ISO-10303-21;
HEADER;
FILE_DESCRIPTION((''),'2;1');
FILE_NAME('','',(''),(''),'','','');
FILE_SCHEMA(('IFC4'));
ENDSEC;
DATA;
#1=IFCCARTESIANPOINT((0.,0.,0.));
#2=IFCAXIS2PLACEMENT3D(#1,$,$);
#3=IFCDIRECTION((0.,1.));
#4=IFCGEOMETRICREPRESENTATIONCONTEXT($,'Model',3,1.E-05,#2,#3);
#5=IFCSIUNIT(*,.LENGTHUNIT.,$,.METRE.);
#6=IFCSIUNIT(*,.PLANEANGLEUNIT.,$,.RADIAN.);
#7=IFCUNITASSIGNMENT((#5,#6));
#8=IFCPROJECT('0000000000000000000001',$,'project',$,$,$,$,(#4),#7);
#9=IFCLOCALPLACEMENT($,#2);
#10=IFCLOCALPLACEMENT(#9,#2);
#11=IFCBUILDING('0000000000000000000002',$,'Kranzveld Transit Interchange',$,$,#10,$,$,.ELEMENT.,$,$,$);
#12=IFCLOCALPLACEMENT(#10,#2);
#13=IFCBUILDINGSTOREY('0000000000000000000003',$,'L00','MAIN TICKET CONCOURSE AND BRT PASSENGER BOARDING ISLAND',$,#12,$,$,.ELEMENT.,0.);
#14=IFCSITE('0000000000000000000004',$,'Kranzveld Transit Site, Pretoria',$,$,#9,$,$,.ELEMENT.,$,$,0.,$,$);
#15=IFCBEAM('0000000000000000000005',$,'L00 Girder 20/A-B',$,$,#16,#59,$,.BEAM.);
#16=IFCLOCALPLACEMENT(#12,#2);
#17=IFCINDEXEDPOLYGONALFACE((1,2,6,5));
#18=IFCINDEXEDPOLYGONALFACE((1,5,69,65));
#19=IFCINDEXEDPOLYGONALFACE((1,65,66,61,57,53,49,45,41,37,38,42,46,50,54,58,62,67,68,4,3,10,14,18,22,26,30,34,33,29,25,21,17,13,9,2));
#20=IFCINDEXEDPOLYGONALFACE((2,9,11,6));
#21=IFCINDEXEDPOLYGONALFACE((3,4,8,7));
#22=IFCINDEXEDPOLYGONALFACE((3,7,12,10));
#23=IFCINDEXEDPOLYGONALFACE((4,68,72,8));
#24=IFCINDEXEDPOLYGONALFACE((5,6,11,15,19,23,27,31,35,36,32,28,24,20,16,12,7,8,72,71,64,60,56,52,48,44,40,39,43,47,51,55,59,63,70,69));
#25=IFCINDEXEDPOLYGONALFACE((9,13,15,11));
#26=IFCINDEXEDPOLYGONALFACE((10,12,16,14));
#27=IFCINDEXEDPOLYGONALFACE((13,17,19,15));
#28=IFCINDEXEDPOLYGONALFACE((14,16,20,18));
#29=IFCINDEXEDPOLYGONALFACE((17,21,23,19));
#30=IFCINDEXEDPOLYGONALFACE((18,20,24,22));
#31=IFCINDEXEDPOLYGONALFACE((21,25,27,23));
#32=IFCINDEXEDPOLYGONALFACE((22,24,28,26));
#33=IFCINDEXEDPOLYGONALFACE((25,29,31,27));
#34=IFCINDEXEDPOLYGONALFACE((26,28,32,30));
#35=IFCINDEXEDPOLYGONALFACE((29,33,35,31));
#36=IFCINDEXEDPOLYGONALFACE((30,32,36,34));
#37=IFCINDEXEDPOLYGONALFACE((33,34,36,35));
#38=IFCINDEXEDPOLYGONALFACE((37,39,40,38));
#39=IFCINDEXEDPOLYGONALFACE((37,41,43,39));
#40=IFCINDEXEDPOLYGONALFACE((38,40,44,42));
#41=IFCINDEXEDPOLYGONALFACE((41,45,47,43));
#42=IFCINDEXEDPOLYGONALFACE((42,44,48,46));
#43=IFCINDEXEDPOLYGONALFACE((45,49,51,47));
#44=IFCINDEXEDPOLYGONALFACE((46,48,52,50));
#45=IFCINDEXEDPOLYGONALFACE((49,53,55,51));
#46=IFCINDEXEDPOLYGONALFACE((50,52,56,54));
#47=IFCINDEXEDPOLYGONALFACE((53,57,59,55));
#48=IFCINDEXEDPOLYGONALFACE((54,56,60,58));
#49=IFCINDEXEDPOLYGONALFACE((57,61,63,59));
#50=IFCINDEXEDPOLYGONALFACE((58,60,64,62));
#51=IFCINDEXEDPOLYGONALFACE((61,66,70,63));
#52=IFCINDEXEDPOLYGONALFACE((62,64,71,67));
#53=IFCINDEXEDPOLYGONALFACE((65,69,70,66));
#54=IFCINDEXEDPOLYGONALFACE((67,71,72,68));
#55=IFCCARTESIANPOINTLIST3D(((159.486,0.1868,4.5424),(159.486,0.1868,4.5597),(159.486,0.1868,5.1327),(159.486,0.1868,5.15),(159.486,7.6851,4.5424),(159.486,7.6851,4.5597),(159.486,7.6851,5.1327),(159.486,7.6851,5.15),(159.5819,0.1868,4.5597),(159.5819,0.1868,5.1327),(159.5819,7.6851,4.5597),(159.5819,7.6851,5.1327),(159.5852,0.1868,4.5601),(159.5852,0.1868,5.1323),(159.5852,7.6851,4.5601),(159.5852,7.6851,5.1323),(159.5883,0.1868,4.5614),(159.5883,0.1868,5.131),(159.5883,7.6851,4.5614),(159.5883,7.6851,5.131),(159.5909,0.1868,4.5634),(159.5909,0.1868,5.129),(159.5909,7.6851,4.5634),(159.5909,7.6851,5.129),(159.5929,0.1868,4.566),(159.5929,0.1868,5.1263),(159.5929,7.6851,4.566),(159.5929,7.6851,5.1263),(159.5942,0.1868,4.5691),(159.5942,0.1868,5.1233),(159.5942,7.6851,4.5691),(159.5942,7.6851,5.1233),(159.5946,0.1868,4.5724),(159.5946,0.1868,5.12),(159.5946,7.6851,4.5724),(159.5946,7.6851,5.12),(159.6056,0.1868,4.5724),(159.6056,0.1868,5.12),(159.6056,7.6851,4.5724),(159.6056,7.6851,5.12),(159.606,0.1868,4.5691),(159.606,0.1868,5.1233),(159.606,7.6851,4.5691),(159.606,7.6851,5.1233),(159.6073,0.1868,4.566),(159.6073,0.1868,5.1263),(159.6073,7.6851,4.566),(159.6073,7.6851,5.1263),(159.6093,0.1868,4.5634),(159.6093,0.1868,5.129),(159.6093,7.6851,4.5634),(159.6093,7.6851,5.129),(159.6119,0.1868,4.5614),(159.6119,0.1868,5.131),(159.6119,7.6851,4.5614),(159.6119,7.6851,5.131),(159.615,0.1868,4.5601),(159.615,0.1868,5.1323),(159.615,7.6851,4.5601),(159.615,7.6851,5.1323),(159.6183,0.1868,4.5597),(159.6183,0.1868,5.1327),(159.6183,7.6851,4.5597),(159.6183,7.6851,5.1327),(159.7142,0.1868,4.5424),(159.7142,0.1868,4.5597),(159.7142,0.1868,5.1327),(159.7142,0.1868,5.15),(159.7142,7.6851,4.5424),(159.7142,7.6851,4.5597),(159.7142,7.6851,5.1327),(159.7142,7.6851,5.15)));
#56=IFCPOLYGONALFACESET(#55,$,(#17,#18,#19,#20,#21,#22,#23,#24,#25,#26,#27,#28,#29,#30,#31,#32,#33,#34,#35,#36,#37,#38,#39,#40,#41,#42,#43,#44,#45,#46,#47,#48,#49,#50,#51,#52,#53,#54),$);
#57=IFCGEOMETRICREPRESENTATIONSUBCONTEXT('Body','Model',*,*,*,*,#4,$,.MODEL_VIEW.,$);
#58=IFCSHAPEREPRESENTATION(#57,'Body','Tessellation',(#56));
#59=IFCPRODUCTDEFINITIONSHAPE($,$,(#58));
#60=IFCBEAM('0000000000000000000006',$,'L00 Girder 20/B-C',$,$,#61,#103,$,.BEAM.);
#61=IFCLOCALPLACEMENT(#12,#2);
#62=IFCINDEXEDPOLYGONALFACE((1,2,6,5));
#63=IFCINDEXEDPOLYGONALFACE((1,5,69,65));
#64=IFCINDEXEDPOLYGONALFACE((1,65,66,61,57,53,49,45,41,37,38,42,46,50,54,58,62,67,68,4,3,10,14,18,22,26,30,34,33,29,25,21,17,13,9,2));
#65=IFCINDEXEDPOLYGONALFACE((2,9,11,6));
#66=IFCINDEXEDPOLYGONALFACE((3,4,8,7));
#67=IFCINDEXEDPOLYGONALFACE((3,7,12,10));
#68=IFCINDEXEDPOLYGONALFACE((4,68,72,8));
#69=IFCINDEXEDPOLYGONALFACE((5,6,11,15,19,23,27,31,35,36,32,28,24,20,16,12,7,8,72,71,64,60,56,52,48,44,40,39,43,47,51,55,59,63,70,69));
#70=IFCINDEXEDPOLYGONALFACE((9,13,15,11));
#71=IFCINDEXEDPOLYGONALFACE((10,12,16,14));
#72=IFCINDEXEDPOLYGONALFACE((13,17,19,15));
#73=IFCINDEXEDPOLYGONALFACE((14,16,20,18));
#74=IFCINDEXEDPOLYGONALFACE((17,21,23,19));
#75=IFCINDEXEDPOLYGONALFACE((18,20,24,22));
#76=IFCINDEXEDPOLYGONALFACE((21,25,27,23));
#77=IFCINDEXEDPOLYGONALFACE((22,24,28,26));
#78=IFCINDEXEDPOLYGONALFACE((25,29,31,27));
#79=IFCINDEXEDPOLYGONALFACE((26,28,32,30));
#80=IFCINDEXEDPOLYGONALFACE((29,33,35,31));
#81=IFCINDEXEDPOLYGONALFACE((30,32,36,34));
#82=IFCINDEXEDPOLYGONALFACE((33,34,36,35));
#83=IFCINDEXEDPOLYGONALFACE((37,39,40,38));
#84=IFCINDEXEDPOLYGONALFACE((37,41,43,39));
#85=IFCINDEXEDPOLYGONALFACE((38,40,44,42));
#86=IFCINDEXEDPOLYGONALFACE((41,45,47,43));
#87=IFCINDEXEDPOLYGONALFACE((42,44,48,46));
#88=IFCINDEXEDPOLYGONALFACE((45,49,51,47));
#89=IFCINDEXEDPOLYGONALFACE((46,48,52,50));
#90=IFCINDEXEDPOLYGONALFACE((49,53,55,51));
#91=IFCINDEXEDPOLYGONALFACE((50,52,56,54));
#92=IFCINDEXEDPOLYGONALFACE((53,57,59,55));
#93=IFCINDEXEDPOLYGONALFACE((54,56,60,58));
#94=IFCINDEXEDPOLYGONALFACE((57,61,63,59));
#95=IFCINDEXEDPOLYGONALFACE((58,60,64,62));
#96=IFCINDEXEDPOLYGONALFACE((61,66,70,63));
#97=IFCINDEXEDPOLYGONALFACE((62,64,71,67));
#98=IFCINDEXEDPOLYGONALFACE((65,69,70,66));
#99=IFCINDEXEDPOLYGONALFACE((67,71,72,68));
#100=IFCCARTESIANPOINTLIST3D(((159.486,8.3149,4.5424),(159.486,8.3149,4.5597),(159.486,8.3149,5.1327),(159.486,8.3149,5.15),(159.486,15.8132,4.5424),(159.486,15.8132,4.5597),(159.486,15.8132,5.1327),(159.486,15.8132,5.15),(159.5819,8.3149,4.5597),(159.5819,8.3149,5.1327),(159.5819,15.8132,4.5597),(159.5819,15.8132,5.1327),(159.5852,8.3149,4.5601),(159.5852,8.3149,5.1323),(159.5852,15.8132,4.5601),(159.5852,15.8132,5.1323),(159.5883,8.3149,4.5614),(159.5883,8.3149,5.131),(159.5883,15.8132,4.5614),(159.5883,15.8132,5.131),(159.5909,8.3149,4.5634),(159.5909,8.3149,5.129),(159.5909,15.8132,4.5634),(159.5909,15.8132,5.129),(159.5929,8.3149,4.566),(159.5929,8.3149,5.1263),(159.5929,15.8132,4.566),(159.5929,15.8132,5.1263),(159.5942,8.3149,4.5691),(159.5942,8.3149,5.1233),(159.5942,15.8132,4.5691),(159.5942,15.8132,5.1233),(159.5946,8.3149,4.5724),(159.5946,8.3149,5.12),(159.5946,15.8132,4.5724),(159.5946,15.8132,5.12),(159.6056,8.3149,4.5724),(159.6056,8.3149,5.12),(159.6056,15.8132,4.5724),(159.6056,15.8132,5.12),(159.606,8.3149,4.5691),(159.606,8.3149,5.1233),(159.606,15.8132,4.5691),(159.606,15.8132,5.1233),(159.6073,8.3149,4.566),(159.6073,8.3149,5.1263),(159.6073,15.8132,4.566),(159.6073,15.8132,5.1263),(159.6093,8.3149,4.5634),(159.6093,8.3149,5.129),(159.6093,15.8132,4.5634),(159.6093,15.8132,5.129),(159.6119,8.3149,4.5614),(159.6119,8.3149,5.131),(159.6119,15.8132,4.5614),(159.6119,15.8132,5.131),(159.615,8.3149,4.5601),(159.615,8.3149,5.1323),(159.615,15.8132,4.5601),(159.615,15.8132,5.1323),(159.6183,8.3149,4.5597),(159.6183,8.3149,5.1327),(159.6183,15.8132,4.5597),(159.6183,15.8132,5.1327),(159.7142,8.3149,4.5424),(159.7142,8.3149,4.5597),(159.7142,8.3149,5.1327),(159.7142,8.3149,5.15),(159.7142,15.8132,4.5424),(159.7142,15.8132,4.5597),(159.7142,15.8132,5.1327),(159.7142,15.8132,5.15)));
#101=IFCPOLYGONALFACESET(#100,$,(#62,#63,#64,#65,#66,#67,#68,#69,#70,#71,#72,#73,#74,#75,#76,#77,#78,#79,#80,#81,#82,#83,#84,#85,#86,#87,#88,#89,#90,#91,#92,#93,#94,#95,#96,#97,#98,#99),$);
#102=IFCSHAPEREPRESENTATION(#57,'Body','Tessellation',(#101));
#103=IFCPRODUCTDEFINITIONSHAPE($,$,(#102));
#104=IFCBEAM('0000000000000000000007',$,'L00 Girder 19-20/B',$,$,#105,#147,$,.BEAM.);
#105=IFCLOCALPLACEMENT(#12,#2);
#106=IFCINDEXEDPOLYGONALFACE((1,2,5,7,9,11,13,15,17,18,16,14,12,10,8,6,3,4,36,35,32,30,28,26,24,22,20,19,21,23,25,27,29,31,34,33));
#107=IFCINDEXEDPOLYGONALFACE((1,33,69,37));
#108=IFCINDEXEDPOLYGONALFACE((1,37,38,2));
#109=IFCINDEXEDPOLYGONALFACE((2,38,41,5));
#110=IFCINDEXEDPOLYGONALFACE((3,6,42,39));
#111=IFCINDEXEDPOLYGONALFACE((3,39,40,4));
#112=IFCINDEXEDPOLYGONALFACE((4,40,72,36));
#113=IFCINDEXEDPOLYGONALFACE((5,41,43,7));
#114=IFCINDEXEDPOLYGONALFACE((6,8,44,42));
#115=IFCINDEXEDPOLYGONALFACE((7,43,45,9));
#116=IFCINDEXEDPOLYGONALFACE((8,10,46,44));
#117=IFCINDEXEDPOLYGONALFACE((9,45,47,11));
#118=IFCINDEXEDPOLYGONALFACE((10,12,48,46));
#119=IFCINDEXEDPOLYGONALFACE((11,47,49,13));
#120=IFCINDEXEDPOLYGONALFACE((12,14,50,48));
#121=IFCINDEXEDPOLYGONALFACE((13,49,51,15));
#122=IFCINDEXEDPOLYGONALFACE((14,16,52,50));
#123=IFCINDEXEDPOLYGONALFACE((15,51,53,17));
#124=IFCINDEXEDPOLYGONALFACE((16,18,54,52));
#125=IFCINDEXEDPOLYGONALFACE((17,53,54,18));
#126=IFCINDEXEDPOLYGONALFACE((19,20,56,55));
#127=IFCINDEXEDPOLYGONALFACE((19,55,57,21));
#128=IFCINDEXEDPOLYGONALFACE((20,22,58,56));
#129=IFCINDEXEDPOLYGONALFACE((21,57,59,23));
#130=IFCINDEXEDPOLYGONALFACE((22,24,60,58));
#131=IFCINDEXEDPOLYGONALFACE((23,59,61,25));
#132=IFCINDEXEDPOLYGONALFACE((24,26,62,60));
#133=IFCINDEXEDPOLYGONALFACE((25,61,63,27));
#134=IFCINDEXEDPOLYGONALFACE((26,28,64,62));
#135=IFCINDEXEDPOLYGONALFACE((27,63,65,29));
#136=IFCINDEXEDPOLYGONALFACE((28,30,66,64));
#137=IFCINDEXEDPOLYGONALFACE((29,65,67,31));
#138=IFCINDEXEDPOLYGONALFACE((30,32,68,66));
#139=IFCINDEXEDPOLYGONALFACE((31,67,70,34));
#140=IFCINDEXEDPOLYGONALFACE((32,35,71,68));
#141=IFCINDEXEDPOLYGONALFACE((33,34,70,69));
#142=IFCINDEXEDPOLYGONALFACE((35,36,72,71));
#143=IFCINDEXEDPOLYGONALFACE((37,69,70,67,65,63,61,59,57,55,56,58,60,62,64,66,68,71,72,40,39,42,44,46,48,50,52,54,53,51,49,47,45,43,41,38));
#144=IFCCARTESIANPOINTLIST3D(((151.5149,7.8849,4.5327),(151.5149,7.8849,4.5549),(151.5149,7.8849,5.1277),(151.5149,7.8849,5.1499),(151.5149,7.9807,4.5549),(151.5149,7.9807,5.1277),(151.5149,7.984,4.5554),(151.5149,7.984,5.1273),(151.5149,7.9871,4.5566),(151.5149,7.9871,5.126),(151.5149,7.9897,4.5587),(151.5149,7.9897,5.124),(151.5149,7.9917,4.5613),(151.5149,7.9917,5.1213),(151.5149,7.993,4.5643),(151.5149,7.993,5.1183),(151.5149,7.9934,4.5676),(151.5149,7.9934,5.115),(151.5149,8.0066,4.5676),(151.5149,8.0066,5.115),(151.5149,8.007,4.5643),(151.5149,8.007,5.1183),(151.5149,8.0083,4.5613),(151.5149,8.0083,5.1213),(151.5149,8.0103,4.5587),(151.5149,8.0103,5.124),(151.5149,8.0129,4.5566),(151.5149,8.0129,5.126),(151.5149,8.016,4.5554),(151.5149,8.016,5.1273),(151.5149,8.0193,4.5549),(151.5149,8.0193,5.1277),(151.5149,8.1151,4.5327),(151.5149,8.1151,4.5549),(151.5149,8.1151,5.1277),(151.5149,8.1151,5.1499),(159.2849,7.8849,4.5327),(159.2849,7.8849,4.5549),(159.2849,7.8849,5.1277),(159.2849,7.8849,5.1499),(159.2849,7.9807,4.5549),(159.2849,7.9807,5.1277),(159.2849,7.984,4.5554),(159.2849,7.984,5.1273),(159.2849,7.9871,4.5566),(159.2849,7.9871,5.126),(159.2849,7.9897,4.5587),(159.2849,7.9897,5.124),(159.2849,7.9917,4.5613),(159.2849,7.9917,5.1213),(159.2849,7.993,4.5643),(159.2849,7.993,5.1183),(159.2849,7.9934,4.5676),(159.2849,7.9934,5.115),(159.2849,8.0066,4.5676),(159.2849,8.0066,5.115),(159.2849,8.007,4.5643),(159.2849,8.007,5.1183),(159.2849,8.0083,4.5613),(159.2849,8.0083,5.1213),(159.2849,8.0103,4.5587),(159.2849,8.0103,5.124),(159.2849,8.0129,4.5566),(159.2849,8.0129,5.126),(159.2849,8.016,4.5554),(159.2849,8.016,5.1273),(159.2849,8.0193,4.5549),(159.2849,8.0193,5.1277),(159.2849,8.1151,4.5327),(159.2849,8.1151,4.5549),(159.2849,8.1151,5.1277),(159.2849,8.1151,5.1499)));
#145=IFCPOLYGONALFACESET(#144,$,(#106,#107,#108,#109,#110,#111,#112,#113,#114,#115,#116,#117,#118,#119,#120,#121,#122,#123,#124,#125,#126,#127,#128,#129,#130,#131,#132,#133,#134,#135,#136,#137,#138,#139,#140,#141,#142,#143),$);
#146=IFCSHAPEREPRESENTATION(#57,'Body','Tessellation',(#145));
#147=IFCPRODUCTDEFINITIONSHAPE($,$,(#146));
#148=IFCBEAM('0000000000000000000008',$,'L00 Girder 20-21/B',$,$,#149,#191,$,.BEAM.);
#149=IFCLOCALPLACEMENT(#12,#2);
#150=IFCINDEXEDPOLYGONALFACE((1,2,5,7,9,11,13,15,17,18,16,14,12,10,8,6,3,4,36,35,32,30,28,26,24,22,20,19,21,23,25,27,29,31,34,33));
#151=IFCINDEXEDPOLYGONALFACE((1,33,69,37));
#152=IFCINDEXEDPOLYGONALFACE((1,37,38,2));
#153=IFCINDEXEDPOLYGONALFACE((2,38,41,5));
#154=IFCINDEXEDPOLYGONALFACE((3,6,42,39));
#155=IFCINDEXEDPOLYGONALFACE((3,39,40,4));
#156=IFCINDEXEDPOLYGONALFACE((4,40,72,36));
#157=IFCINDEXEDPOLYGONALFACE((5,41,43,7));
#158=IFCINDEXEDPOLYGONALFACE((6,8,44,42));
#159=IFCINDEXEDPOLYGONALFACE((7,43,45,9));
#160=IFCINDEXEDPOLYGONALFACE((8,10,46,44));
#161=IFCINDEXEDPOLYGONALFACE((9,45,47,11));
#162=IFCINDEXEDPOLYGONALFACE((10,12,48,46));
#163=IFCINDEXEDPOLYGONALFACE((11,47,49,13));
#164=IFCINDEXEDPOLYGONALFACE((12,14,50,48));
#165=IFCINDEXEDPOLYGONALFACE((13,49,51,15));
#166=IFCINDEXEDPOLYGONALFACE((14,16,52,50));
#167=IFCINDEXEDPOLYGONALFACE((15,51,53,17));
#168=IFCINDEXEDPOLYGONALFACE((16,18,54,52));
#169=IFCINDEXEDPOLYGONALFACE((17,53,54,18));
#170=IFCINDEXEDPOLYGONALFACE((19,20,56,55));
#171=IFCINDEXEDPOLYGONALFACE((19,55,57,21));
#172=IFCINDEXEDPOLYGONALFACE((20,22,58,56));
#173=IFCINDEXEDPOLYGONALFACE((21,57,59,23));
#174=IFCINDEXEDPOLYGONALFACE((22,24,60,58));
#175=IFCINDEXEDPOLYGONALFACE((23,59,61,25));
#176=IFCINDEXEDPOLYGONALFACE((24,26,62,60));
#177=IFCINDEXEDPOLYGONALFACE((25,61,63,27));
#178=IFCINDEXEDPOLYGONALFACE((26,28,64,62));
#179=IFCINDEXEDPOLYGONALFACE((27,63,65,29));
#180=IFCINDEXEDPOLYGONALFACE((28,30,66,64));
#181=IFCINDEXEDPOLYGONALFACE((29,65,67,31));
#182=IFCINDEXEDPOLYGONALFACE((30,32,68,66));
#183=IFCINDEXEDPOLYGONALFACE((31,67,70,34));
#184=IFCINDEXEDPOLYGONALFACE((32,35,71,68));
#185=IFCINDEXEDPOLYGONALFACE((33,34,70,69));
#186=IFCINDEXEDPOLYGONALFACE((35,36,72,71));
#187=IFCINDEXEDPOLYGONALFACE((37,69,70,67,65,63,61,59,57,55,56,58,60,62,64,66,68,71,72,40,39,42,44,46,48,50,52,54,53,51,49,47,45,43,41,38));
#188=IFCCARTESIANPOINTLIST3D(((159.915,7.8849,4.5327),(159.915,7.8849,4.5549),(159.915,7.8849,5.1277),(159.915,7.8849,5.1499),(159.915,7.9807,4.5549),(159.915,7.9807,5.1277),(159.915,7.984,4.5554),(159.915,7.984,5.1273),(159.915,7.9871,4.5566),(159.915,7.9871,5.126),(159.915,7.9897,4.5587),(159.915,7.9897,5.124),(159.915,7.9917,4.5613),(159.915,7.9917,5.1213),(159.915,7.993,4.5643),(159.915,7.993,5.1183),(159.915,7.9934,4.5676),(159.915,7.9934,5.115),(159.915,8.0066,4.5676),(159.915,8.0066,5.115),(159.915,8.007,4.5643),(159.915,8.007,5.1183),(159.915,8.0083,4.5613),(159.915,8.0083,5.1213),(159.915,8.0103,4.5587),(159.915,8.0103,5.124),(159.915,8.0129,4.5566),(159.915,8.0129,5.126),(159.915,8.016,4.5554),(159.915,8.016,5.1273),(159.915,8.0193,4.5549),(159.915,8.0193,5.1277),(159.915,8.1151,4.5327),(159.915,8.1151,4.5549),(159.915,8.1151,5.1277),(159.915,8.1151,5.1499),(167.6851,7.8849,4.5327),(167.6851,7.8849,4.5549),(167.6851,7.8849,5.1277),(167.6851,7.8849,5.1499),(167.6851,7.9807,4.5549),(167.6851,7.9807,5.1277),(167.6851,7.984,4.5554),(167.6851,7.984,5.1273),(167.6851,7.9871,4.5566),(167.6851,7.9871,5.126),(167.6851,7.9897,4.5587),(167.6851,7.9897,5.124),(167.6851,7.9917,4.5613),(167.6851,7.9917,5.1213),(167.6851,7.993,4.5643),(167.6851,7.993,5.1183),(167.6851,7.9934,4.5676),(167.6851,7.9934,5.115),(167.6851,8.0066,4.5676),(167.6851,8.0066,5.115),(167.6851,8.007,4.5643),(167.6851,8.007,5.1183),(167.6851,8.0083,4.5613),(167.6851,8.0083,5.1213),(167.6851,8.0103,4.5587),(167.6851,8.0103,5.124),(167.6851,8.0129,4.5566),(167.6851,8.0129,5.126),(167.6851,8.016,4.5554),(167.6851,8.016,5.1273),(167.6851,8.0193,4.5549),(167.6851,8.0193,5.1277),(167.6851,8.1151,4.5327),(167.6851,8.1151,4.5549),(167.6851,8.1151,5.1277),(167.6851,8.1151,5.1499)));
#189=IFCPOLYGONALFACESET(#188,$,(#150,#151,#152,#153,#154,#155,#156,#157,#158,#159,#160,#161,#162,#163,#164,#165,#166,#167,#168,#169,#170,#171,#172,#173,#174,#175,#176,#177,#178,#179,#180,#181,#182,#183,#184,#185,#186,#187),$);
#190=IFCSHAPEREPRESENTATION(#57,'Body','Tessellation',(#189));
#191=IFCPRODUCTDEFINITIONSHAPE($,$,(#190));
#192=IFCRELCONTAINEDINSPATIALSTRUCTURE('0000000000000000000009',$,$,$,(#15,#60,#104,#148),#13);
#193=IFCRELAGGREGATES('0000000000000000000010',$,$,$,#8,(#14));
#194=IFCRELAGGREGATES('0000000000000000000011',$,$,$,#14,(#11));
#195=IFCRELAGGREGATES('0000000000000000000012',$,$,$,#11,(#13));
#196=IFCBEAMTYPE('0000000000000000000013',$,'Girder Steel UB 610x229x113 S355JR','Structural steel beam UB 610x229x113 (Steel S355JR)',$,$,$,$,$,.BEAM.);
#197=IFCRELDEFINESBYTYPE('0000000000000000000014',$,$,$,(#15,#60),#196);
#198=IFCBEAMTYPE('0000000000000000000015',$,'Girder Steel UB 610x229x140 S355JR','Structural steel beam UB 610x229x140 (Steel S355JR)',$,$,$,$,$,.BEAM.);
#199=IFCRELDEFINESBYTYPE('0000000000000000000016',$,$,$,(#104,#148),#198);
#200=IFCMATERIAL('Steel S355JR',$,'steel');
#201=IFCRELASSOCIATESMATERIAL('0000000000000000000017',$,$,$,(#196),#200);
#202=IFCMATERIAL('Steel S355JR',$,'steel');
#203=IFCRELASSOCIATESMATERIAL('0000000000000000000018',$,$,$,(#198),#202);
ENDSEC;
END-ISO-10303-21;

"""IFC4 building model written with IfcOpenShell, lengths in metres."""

from ifc_helpers import new_model, si_unit, direction, frame, origin, origin_2d, place, context, subcontext, project, spatial, i_section, extrude, material, material_profile, profile_set, type_object, element, save


model = new_model("IFC4")

# Units and contexts
model_context = context("Model", 3, precision=1e-05, world=origin(), true_north=direction((0.0, 1.0)))
body_context = subcontext(model_context, "Body", "Model", "MODEL_VIEW")
ifc_project = project(units=[si_unit("LENGTHUNIT", "METRE"), si_unit("PLANEANGLEUNIT", "RADIAN")], contexts=[model_context])

# Site, building, storey
site_placement = place(None, origin())
site = spatial("IfcSite", under=ifc_project, at=site_placement, Name="Kranzveld Transit Site, Pretoria", CompositionType="ELEMENT", RefElevation=0.0)
building_placement = place(site_placement, origin())
building = spatial("IfcBuilding", under=site, at=building_placement, Name="Kranzveld Transit Interchange", CompositionType="ELEMENT")
storey_placement = place(building_placement, origin())
storey = spatial("IfcBuildingStorey", under=building, at=storey_placement, Name="L00", Description="MAIN TICKET CONCOURSE AND BRT PASSENGER BOARDING ISLAND", CompositionType="ELEMENT", Elevation=0.0)

# Beams
ifc_material_1 = material(Name="Steel S355JR", Category="steel")
ifc_material_profile_1 = material_profile(ifc_material_1, i_section(OverallWidth=0.2283, OverallDepth=0.6077, WebThickness=0.011, FlangeThickness=0.0173, FilletRadius=0.0127, at=origin_2d()), Name="UB 610x229x113")
ifc_profile_set_1 = profile_set([ifc_material_profile_1], Name="Steel S355JR")
beam_type_1 = type_object("IfcBeamType", Name="Girder Steel UB 610x229x113 S355JR", Description="Structural steel beam UB 610x229x113 (Steel S355JR)", PredefinedType="BEAM", material=ifc_profile_set_1)
for number, where, z_axis, x_axis, name in (
    (1, (159.6001, 0.1868, 4.8462), (0.0, 1.0, 0.0), (-1.0, 0.0, 0.0), "L00 Girder 20/A-B"),
    (2, (159.6001, 8.3149, 4.8462), (0.0, 1.0, 0.0), (-1.0, 0.0, 0.0), "L00 Girder 20/B-C"),
):
    element("IfcBeam", number, at=place(storey_placement, frame(where, z_axis=z_axis, x_axis=x_axis)), inside=storey, type_object=beam_type_1, Name=name, PredefinedType="BEAM", context=body_context, shape_type="SweptSolid", body=[
        extrude(i_section(OverallWidth=0.2283, OverallDepth=0.6077, WebThickness=0.011, FlangeThickness=0.0173, FilletRadius=0.0127, at=origin_2d()), origin(), (0.0, 0.0, 1.0), 7.4983),
    ])
ifc_material_2 = material(Name="Steel S355JR", Category="steel")
ifc_material_profile_2 = material_profile(ifc_material_2, i_section(OverallWidth=0.2302, OverallDepth=0.6172, WebThickness=0.0132, FlangeThickness=0.0222, FilletRadius=0.0127, at=origin_2d()), Name="UB 610x229x140")
ifc_profile_set_2 = profile_set([ifc_material_profile_2], Name="Steel S355JR")
beam_type_2 = type_object("IfcBeamType", Name="Girder Steel UB 610x229x140 S355JR", Description="Structural steel beam UB 610x229x140 (Steel S355JR)", PredefinedType="BEAM", material=ifc_profile_set_2)
for number, where, z_axis, x_axis, name in (
    (3, (151.5149, 8.0, 4.8413), (1.0, 0.0, 0.0), (0.0, 1.0, 0.0), "L00 Girder 19-20/B"),
    (4, (159.915, 8.0, 4.8413), (1.0, 0.0, 0.0), (0.0, 1.0, 0.0), "L00 Girder 20-21/B"),
):
    element("IfcBeam", number, at=place(storey_placement, frame(where, z_axis=z_axis, x_axis=x_axis)), inside=storey, type_object=beam_type_2, Name=name, PredefinedType="BEAM", context=body_context, shape_type="SweptSolid", body=[
        extrude(i_section(OverallWidth=0.2302, OverallDepth=0.6172, WebThickness=0.0132, FlangeThickness=0.0222, FilletRadius=0.0127, at=origin_2d()), origin(), (0.0, 0.0, 1.0), 7.77),
    ])

save(model, "model.ifc")
